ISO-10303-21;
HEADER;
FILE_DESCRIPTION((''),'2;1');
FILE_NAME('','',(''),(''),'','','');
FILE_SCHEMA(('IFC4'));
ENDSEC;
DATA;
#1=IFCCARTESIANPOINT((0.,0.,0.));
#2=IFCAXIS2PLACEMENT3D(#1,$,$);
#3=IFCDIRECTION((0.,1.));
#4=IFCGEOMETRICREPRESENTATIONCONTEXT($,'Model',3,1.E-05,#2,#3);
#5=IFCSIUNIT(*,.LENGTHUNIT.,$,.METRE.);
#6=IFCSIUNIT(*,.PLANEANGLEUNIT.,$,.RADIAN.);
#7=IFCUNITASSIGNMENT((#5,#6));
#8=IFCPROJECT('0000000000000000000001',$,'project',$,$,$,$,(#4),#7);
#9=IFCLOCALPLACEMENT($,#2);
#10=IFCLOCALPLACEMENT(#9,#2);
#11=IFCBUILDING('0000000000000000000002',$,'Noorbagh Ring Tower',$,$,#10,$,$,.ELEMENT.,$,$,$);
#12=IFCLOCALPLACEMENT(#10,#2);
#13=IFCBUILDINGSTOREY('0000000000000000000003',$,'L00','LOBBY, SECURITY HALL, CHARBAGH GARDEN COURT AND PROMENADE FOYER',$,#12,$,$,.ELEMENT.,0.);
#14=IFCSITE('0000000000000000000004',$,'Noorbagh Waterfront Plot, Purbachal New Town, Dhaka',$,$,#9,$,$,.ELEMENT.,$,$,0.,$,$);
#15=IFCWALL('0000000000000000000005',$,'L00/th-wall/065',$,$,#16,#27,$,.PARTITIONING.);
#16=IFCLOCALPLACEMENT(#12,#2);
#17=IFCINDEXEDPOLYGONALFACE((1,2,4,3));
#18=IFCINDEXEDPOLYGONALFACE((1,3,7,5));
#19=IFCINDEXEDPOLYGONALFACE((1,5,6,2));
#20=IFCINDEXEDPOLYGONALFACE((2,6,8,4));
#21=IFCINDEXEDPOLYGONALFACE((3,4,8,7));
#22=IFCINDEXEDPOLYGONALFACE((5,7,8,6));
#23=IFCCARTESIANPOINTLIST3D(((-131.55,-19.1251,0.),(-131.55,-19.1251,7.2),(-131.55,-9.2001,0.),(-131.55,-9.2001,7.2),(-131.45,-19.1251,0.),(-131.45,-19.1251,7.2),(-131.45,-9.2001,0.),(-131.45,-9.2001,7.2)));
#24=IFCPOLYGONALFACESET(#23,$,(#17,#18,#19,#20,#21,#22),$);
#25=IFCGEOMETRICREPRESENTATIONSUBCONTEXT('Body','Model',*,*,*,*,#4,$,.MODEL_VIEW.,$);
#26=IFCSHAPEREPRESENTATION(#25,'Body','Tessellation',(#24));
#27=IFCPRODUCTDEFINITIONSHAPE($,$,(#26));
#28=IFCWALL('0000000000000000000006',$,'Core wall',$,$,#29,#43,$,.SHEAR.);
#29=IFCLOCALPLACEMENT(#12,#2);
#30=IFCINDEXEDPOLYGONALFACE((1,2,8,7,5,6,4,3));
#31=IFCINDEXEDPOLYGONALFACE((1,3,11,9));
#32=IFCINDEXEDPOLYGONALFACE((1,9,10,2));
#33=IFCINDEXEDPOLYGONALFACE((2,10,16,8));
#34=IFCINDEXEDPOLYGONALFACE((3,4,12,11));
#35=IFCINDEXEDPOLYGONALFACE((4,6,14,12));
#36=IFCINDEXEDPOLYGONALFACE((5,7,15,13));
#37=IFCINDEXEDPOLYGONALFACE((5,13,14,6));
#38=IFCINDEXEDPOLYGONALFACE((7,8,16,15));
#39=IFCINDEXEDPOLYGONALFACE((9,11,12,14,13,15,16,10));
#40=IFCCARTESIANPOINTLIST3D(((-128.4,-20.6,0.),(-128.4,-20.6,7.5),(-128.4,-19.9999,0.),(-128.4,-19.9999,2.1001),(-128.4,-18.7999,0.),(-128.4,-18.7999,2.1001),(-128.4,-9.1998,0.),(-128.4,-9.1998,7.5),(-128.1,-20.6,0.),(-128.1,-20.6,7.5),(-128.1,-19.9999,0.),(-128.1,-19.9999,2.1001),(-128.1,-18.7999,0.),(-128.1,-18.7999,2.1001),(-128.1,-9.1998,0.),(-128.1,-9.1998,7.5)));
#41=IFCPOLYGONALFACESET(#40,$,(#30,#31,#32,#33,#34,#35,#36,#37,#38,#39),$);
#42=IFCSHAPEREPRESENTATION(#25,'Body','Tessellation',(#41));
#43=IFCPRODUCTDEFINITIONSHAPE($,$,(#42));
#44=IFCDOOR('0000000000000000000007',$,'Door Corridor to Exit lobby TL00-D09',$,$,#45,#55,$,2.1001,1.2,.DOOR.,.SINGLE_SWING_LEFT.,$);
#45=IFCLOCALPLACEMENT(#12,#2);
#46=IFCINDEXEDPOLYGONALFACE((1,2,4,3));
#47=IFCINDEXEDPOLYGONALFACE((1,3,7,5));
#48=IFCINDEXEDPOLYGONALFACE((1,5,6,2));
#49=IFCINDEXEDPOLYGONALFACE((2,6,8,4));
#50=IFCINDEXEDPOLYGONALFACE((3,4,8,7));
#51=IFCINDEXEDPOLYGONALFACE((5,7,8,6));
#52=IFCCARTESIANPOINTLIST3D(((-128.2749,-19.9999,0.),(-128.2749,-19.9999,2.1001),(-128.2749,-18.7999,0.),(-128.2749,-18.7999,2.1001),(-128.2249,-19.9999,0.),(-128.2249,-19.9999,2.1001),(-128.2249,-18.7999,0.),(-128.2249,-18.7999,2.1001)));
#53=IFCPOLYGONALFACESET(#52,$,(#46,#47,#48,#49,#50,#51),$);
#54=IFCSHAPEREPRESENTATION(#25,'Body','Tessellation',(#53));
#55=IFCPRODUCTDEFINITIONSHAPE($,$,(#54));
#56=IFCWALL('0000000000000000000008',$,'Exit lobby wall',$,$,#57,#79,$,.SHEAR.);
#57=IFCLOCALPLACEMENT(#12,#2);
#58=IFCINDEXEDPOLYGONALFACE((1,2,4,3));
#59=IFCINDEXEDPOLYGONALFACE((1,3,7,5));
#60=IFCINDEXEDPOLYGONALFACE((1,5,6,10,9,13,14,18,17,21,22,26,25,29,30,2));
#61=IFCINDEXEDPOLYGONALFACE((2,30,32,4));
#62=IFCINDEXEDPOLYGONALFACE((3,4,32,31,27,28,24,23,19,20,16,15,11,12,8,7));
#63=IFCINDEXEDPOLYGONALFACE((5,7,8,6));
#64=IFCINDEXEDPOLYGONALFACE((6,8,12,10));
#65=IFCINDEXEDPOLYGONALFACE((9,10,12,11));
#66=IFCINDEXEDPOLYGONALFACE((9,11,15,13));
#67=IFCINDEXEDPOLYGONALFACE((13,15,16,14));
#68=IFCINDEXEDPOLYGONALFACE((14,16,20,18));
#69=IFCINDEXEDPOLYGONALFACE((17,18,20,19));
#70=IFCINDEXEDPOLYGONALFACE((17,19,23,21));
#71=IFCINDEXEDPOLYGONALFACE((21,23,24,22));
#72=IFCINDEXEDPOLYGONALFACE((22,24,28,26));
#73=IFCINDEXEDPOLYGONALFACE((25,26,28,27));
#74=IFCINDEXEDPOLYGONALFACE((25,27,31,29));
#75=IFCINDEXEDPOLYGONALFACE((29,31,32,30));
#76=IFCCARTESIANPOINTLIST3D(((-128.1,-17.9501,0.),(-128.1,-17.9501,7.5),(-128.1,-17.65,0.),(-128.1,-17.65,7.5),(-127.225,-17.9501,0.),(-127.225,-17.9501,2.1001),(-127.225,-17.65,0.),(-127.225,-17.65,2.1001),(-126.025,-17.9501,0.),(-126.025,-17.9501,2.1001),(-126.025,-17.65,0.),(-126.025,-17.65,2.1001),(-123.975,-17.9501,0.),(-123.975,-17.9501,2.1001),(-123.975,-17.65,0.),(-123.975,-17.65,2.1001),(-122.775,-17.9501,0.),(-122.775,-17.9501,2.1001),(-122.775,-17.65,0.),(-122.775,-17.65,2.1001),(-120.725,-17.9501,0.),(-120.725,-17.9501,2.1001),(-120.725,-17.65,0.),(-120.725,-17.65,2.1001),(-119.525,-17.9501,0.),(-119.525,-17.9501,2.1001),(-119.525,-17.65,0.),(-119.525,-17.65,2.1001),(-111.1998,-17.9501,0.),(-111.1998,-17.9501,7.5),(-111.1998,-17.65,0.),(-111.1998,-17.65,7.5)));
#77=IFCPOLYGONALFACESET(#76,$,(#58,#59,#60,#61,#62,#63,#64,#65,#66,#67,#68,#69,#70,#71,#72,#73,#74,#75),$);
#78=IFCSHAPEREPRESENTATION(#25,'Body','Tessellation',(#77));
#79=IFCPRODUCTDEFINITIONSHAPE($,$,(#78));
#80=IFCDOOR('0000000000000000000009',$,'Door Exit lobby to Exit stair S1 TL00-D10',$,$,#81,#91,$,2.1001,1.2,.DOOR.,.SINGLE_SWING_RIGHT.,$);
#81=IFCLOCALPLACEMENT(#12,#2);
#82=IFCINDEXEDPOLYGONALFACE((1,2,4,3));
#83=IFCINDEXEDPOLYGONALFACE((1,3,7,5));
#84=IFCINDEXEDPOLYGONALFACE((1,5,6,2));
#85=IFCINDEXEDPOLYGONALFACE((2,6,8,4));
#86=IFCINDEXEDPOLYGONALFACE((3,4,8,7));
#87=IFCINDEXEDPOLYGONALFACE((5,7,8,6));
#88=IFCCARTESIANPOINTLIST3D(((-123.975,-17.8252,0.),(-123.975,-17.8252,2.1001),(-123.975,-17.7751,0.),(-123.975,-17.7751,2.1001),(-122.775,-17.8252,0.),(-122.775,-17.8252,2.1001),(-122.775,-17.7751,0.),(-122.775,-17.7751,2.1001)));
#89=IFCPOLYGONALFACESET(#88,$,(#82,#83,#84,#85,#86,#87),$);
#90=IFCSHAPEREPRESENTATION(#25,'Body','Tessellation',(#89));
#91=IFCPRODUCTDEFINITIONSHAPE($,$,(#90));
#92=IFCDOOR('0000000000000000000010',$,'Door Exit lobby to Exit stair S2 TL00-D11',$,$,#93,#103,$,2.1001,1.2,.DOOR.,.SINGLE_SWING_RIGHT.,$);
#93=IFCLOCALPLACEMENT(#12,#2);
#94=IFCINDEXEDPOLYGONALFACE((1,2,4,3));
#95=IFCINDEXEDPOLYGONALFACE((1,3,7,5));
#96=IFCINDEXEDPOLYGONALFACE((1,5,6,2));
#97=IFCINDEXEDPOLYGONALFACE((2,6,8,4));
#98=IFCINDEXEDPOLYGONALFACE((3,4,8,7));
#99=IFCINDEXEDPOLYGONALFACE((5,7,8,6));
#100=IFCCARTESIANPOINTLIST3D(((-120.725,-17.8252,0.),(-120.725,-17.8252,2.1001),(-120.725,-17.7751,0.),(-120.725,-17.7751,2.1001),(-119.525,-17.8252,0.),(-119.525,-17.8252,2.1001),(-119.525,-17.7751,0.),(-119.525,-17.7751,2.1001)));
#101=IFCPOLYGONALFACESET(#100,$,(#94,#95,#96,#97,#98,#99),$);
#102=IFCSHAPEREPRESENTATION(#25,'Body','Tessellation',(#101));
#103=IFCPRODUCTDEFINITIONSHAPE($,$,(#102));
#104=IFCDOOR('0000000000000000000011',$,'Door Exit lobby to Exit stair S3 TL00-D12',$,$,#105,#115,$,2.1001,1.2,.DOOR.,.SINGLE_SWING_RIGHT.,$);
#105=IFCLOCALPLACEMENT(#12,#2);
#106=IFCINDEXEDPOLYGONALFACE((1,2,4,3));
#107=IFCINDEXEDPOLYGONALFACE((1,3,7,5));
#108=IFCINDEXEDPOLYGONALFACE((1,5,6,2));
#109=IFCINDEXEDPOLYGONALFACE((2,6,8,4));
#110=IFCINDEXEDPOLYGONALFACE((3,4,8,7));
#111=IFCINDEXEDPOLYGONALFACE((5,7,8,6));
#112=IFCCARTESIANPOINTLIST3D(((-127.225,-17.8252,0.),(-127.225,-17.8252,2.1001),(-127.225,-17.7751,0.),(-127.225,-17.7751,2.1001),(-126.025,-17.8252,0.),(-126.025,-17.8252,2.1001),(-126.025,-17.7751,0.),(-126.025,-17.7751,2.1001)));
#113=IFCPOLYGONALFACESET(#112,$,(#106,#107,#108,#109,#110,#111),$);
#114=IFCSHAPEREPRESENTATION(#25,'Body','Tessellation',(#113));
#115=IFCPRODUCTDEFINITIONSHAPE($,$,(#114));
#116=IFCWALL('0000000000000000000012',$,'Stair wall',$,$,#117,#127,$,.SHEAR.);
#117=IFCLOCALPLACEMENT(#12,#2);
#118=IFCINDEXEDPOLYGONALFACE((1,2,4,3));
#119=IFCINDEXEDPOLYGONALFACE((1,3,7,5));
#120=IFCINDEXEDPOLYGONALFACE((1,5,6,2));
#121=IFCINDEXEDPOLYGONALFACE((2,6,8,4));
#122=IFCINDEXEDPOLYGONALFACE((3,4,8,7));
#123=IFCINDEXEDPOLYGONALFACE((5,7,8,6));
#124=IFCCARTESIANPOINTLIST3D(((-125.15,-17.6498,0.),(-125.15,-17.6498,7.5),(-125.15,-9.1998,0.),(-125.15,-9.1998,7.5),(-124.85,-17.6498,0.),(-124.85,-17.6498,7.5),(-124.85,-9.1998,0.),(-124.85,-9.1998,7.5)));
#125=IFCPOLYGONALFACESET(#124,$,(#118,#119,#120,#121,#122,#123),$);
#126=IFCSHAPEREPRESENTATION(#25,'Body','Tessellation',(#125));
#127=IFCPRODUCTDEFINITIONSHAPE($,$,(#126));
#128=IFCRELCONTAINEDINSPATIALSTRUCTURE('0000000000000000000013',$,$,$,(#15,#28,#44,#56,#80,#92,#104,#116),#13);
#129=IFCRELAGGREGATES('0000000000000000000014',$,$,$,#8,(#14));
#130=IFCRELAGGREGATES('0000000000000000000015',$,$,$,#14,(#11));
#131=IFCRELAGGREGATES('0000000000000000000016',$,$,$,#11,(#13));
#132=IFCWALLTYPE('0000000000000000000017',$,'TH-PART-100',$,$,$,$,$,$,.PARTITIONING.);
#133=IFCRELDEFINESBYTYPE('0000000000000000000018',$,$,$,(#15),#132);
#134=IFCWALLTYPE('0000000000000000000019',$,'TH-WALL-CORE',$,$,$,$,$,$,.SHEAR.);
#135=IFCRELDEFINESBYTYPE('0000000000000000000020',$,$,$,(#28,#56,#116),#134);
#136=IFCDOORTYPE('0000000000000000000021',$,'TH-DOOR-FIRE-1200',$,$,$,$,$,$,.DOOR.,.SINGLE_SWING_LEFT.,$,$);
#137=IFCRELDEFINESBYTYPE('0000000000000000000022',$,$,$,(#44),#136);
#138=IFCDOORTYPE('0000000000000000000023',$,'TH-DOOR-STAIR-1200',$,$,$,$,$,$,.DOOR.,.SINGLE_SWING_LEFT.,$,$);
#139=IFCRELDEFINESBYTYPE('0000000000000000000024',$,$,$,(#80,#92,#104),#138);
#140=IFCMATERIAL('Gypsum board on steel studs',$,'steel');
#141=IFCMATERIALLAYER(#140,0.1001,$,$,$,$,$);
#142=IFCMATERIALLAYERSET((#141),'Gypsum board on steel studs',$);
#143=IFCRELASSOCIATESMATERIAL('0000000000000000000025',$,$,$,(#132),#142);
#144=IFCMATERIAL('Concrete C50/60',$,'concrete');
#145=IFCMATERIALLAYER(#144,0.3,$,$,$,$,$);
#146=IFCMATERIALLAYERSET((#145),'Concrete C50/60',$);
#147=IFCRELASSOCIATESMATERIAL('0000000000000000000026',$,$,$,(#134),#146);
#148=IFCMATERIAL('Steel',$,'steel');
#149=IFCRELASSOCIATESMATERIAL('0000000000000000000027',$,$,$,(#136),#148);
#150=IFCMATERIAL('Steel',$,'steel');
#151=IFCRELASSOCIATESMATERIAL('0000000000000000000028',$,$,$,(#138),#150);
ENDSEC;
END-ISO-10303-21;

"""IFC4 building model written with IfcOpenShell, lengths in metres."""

from ifc_helpers import new_model, si_unit, direction, frame, frame_2d, origin, place, context, subcontext, project, spatial, rectangle, extrude, material, layer, layer_set, type_object, element, fill, save


model = new_model("IFC4")

# Units and contexts
model_context = context("Model", 3, precision=1e-05, world=origin(), true_north=direction((0.0, 1.0)))
body_context = subcontext(model_context, "Body", "Model", "MODEL_VIEW")
ifc_project = project(units=[si_unit("LENGTHUNIT", "METRE"), si_unit("PLANEANGLEUNIT", "RADIAN")], contexts=[model_context])

# Site, building, storey
site_placement = place(None, origin())
site = spatial("IfcSite", under=ifc_project, at=site_placement, Name="Noorbagh Waterfront Plot, Purbachal New Town, Dhaka", CompositionType="ELEMENT", RefElevation=0.0)
building_placement = place(site_placement, origin())
building = spatial("IfcBuilding", under=site, at=building_placement, Name="Noorbagh Ring Tower", CompositionType="ELEMENT")
storey_placement = place(building_placement, origin())
storey = spatial("IfcBuildingStorey", under=building, at=storey_placement, Name="L00", Description="LOBBY, SECURITY HALL, CHARBAGH GARDEN COURT AND PROMENADE FOYER", CompositionType="ELEMENT", Elevation=0.0)

# Wall
ifc_material_1 = material(Name="Gypsum board on steel studs", Category="steel")
ifc_layer_1 = layer(ifc_material_1, 0.1001)
ifc_layer_set_1 = layer_set([ifc_layer_1], Name="Gypsum board on steel studs")
wall_type_1 = type_object("IfcWallType", Name="TH-PART-100", PredefinedType="PARTITIONING", material=ifc_layer_set_1)
wall_1_placement = place(storey_placement, frame((-131.5, -19.125, 0.0), z_axis=(0.0, 0.0, 1.0), x_axis=(0.0, 1.0, 0.0)))
element("IfcWall", 1, at=wall_1_placement, inside=storey, type_object=wall_type_1, Name="L00/th-wall/065", PredefinedType="PARTITIONING", context=body_context, shape_type="SweptSolid", body=[
    extrude(rectangle(XDim=9.925, YDim=0.1001, at=frame_2d((4.9624, 0.0))), origin(), (0.0, 0.0, 1.0), 7.2),
])

# Wall, opening, door
ifc_material_2 = material(Name="Concrete C50/60", Category="concrete")
ifc_layer_2 = layer(ifc_material_2, 0.3)
ifc_layer_set_2 = layer_set([ifc_layer_2], Name="Concrete C50/60")
wall_type_2 = type_object("IfcWallType", Name="TH-WALL-CORE", PredefinedType="SHEAR", material=ifc_layer_set_2)
wall_2_placement = place(storey_placement, frame((-128.25, -20.6001, 0.0), z_axis=(0.0, 0.0, 1.0), x_axis=(0.0, 1.0, 0.0)))
wall_2 = element("IfcWall", 2, at=wall_2_placement, inside=storey, type_object=wall_type_2, Name="Core wall", PredefinedType="SHEAR", context=body_context, shape_type="SweptSolid", body=[
    extrude(rectangle(XDim=11.4001, YDim=0.3, at=frame_2d((5.7002, 0.0))), origin(), (0.0, 0.0, 1.0), 7.5),
])
opening_1_placement = place(wall_2_placement, frame((0.6001, 0.0, 0.0)))
opening_1 = element("IfcOpeningElement", 3, at=opening_1_placement, cuts=wall_2, PredefinedType="OPENING", context=body_context, shape_type="SweptSolid", body=[
    extrude(rectangle(XDim=1.2, YDim=2.1001, at=frame_2d((0.6001, 1.05))), frame((0.0, 0.1602, 0.0), z_axis=(0.0, -1.0, 0.0), x_axis=(1.0, 0.0, 0.0)), (0.0, 0.0, 1.0), 0.3201),
])
ifc_material_3 = material(Name="Steel", Category="steel")
door_type_1 = type_object("IfcDoorType", Name="TH-DOOR-FIRE-1200", OperationType="SINGLE_SWING_LEFT", PredefinedType="DOOR", material=ifc_material_3)
door_1_placement = place(opening_1_placement, origin())
door_1 = element("IfcDoor", 4, at=door_1_placement, inside=storey, type_object=door_type_1, Name="Door Corridor to Exit lobby TL00-D09", OperationType="SINGLE_SWING_LEFT", OverallHeight=2.1001, OverallWidth=1.2, PredefinedType="DOOR", context=body_context, shape_type="SweptSolid", body=[
    extrude(rectangle(XDim=1.2, YDim=2.1001, at=frame_2d((0.6001, 1.05))), frame((0.0, 0.0249, 0.0), z_axis=(0.0, -1.0, 0.0), x_axis=(1.0, 0.0, 0.0)), (0.0, 0.0, 1.0), 0.05),
])
fill(opening_1, door_1)

# Wall, openings, doors
wall_3_placement = place(storey_placement, frame((-128.1001, -17.8, 0.0), z_axis=(0.0, 0.0, 1.0), x_axis=(1.0, 0.0, 0.0)))
wall_3 = element("IfcWall", 5, at=wall_3_placement, inside=storey, type_object=wall_type_2, Name="Exit lobby wall", PredefinedType="SHEAR", context=body_context, shape_type="SweptSolid", body=[
    extrude(rectangle(XDim=16.9001, YDim=0.3, at=frame_2d((8.4502, 0.0))), origin(), (0.0, 0.0, 1.0), 7.5),
])
opening_2_placement = place(wall_3_placement, frame((4.125, 0.0, 0.0)))
opening_2 = element("IfcOpeningElement", 6, at=opening_2_placement, cuts=wall_3, PredefinedType="OPENING", context=body_context, shape_type="SweptSolid", body=[
    extrude(rectangle(XDim=1.2, YDim=2.1001, at=frame_2d((0.6001, 1.05))), frame((0.0, 0.1602, 0.0), z_axis=(0.0, -1.0, 0.0), x_axis=(1.0, 0.0, 0.0)), (0.0, 0.0, 1.0), 0.3201),
])
opening_3_placement = place(wall_3_placement, frame((7.375, 0.0, 0.0)))
opening_3 = element("IfcOpeningElement", 7, at=opening_3_placement, cuts=wall_3, PredefinedType="OPENING", context=body_context, shape_type="SweptSolid", body=[
    extrude(rectangle(XDim=1.2, YDim=2.1001, at=frame_2d((0.6001, 1.05))), frame((0.0, 0.1602, 0.0), z_axis=(0.0, -1.0, 0.0), x_axis=(1.0, 0.0, 0.0)), (0.0, 0.0, 1.0), 0.3201),
])
opening_4_placement = place(wall_3_placement, frame((0.875, 0.0, 0.0)))
opening_4 = element("IfcOpeningElement", 8, at=opening_4_placement, cuts=wall_3, PredefinedType="OPENING", context=body_context, shape_type="SweptSolid", body=[
    extrude(rectangle(XDim=1.2, YDim=2.1001, at=frame_2d((0.6001, 1.05))), frame((0.0, 0.1602, 0.0), z_axis=(0.0, -1.0, 0.0), x_axis=(1.0, 0.0, 0.0)), (0.0, 0.0, 1.0), 0.3201),
])
ifc_material_4 = material(Name="Steel", Category="steel")
door_type_2 = type_object("IfcDoorType", Name="TH-DOOR-STAIR-1200", OperationType="SINGLE_SWING_LEFT", PredefinedType="DOOR", material=ifc_material_4)
door_2_placement = place(opening_2_placement, origin())
door_2 = element("IfcDoor", 9, at=door_2_placement, inside=storey, type_object=door_type_2, Name="Door Exit lobby to Exit stair S1 TL00-D10", OperationType="SINGLE_SWING_RIGHT", OverallHeight=2.1001, OverallWidth=1.2, PredefinedType="DOOR", context=body_context, shape_type="SweptSolid", body=[
    extrude(rectangle(XDim=1.2, YDim=2.1001, at=frame_2d((0.6001, 1.05))), frame((0.0, 0.0249, 0.0), z_axis=(0.0, -1.0, 0.0), x_axis=(1.0, 0.0, 0.0)), (0.0, 0.0, 1.0), 0.05),
])
fill(opening_2, door_2)
door_3_placement = place(opening_3_placement, origin())
door_3 = element("IfcDoor", 10, at=door_3_placement, inside=storey, type_object=door_type_2, Name="Door Exit lobby to Exit stair S2 TL00-D11", OperationType="SINGLE_SWING_RIGHT", OverallHeight=2.1001, OverallWidth=1.2, PredefinedType="DOOR", context=body_context, shape_type="SweptSolid", body=[
    extrude(rectangle(XDim=1.2, YDim=2.1001, at=frame_2d((0.6001, 1.05))), frame((0.0, 0.0249, 0.0), z_axis=(0.0, -1.0, 0.0), x_axis=(1.0, 0.0, 0.0)), (0.0, 0.0, 1.0), 0.05),
])
fill(opening_3, door_3)
door_4_placement = place(opening_4_placement, origin())
door_4 = element("IfcDoor", 11, at=door_4_placement, inside=storey, type_object=door_type_2, Name="Door Exit lobby to Exit stair S3 TL00-D12", OperationType="SINGLE_SWING_RIGHT", OverallHeight=2.1001, OverallWidth=1.2, PredefinedType="DOOR", context=body_context, shape_type="SweptSolid", body=[
    extrude(rectangle(XDim=1.2, YDim=2.1001, at=frame_2d((0.6001, 1.05))), frame((0.0, 0.0249, 0.0), z_axis=(0.0, -1.0, 0.0), x_axis=(1.0, 0.0, 0.0)), (0.0, 0.0, 1.0), 0.05),
])
fill(opening_4, door_4)

# Wall
wall_4_placement = place(storey_placement, frame((-125.0, -17.6499, 0.0), z_axis=(0.0, 0.0, 1.0), x_axis=(0.0, 1.0, 0.0)))
element("IfcWall", 12, at=wall_4_placement, inside=storey, type_object=wall_type_2, Name="Stair wall", PredefinedType="SHEAR", context=body_context, shape_type="SweptSolid", body=[
    extrude(rectangle(XDim=8.45, YDim=0.3, at=frame_2d((4.2251, 0.0))), origin(), (0.0, 0.0, 1.0), 7.5),
])

save(model, "model.ifc")
